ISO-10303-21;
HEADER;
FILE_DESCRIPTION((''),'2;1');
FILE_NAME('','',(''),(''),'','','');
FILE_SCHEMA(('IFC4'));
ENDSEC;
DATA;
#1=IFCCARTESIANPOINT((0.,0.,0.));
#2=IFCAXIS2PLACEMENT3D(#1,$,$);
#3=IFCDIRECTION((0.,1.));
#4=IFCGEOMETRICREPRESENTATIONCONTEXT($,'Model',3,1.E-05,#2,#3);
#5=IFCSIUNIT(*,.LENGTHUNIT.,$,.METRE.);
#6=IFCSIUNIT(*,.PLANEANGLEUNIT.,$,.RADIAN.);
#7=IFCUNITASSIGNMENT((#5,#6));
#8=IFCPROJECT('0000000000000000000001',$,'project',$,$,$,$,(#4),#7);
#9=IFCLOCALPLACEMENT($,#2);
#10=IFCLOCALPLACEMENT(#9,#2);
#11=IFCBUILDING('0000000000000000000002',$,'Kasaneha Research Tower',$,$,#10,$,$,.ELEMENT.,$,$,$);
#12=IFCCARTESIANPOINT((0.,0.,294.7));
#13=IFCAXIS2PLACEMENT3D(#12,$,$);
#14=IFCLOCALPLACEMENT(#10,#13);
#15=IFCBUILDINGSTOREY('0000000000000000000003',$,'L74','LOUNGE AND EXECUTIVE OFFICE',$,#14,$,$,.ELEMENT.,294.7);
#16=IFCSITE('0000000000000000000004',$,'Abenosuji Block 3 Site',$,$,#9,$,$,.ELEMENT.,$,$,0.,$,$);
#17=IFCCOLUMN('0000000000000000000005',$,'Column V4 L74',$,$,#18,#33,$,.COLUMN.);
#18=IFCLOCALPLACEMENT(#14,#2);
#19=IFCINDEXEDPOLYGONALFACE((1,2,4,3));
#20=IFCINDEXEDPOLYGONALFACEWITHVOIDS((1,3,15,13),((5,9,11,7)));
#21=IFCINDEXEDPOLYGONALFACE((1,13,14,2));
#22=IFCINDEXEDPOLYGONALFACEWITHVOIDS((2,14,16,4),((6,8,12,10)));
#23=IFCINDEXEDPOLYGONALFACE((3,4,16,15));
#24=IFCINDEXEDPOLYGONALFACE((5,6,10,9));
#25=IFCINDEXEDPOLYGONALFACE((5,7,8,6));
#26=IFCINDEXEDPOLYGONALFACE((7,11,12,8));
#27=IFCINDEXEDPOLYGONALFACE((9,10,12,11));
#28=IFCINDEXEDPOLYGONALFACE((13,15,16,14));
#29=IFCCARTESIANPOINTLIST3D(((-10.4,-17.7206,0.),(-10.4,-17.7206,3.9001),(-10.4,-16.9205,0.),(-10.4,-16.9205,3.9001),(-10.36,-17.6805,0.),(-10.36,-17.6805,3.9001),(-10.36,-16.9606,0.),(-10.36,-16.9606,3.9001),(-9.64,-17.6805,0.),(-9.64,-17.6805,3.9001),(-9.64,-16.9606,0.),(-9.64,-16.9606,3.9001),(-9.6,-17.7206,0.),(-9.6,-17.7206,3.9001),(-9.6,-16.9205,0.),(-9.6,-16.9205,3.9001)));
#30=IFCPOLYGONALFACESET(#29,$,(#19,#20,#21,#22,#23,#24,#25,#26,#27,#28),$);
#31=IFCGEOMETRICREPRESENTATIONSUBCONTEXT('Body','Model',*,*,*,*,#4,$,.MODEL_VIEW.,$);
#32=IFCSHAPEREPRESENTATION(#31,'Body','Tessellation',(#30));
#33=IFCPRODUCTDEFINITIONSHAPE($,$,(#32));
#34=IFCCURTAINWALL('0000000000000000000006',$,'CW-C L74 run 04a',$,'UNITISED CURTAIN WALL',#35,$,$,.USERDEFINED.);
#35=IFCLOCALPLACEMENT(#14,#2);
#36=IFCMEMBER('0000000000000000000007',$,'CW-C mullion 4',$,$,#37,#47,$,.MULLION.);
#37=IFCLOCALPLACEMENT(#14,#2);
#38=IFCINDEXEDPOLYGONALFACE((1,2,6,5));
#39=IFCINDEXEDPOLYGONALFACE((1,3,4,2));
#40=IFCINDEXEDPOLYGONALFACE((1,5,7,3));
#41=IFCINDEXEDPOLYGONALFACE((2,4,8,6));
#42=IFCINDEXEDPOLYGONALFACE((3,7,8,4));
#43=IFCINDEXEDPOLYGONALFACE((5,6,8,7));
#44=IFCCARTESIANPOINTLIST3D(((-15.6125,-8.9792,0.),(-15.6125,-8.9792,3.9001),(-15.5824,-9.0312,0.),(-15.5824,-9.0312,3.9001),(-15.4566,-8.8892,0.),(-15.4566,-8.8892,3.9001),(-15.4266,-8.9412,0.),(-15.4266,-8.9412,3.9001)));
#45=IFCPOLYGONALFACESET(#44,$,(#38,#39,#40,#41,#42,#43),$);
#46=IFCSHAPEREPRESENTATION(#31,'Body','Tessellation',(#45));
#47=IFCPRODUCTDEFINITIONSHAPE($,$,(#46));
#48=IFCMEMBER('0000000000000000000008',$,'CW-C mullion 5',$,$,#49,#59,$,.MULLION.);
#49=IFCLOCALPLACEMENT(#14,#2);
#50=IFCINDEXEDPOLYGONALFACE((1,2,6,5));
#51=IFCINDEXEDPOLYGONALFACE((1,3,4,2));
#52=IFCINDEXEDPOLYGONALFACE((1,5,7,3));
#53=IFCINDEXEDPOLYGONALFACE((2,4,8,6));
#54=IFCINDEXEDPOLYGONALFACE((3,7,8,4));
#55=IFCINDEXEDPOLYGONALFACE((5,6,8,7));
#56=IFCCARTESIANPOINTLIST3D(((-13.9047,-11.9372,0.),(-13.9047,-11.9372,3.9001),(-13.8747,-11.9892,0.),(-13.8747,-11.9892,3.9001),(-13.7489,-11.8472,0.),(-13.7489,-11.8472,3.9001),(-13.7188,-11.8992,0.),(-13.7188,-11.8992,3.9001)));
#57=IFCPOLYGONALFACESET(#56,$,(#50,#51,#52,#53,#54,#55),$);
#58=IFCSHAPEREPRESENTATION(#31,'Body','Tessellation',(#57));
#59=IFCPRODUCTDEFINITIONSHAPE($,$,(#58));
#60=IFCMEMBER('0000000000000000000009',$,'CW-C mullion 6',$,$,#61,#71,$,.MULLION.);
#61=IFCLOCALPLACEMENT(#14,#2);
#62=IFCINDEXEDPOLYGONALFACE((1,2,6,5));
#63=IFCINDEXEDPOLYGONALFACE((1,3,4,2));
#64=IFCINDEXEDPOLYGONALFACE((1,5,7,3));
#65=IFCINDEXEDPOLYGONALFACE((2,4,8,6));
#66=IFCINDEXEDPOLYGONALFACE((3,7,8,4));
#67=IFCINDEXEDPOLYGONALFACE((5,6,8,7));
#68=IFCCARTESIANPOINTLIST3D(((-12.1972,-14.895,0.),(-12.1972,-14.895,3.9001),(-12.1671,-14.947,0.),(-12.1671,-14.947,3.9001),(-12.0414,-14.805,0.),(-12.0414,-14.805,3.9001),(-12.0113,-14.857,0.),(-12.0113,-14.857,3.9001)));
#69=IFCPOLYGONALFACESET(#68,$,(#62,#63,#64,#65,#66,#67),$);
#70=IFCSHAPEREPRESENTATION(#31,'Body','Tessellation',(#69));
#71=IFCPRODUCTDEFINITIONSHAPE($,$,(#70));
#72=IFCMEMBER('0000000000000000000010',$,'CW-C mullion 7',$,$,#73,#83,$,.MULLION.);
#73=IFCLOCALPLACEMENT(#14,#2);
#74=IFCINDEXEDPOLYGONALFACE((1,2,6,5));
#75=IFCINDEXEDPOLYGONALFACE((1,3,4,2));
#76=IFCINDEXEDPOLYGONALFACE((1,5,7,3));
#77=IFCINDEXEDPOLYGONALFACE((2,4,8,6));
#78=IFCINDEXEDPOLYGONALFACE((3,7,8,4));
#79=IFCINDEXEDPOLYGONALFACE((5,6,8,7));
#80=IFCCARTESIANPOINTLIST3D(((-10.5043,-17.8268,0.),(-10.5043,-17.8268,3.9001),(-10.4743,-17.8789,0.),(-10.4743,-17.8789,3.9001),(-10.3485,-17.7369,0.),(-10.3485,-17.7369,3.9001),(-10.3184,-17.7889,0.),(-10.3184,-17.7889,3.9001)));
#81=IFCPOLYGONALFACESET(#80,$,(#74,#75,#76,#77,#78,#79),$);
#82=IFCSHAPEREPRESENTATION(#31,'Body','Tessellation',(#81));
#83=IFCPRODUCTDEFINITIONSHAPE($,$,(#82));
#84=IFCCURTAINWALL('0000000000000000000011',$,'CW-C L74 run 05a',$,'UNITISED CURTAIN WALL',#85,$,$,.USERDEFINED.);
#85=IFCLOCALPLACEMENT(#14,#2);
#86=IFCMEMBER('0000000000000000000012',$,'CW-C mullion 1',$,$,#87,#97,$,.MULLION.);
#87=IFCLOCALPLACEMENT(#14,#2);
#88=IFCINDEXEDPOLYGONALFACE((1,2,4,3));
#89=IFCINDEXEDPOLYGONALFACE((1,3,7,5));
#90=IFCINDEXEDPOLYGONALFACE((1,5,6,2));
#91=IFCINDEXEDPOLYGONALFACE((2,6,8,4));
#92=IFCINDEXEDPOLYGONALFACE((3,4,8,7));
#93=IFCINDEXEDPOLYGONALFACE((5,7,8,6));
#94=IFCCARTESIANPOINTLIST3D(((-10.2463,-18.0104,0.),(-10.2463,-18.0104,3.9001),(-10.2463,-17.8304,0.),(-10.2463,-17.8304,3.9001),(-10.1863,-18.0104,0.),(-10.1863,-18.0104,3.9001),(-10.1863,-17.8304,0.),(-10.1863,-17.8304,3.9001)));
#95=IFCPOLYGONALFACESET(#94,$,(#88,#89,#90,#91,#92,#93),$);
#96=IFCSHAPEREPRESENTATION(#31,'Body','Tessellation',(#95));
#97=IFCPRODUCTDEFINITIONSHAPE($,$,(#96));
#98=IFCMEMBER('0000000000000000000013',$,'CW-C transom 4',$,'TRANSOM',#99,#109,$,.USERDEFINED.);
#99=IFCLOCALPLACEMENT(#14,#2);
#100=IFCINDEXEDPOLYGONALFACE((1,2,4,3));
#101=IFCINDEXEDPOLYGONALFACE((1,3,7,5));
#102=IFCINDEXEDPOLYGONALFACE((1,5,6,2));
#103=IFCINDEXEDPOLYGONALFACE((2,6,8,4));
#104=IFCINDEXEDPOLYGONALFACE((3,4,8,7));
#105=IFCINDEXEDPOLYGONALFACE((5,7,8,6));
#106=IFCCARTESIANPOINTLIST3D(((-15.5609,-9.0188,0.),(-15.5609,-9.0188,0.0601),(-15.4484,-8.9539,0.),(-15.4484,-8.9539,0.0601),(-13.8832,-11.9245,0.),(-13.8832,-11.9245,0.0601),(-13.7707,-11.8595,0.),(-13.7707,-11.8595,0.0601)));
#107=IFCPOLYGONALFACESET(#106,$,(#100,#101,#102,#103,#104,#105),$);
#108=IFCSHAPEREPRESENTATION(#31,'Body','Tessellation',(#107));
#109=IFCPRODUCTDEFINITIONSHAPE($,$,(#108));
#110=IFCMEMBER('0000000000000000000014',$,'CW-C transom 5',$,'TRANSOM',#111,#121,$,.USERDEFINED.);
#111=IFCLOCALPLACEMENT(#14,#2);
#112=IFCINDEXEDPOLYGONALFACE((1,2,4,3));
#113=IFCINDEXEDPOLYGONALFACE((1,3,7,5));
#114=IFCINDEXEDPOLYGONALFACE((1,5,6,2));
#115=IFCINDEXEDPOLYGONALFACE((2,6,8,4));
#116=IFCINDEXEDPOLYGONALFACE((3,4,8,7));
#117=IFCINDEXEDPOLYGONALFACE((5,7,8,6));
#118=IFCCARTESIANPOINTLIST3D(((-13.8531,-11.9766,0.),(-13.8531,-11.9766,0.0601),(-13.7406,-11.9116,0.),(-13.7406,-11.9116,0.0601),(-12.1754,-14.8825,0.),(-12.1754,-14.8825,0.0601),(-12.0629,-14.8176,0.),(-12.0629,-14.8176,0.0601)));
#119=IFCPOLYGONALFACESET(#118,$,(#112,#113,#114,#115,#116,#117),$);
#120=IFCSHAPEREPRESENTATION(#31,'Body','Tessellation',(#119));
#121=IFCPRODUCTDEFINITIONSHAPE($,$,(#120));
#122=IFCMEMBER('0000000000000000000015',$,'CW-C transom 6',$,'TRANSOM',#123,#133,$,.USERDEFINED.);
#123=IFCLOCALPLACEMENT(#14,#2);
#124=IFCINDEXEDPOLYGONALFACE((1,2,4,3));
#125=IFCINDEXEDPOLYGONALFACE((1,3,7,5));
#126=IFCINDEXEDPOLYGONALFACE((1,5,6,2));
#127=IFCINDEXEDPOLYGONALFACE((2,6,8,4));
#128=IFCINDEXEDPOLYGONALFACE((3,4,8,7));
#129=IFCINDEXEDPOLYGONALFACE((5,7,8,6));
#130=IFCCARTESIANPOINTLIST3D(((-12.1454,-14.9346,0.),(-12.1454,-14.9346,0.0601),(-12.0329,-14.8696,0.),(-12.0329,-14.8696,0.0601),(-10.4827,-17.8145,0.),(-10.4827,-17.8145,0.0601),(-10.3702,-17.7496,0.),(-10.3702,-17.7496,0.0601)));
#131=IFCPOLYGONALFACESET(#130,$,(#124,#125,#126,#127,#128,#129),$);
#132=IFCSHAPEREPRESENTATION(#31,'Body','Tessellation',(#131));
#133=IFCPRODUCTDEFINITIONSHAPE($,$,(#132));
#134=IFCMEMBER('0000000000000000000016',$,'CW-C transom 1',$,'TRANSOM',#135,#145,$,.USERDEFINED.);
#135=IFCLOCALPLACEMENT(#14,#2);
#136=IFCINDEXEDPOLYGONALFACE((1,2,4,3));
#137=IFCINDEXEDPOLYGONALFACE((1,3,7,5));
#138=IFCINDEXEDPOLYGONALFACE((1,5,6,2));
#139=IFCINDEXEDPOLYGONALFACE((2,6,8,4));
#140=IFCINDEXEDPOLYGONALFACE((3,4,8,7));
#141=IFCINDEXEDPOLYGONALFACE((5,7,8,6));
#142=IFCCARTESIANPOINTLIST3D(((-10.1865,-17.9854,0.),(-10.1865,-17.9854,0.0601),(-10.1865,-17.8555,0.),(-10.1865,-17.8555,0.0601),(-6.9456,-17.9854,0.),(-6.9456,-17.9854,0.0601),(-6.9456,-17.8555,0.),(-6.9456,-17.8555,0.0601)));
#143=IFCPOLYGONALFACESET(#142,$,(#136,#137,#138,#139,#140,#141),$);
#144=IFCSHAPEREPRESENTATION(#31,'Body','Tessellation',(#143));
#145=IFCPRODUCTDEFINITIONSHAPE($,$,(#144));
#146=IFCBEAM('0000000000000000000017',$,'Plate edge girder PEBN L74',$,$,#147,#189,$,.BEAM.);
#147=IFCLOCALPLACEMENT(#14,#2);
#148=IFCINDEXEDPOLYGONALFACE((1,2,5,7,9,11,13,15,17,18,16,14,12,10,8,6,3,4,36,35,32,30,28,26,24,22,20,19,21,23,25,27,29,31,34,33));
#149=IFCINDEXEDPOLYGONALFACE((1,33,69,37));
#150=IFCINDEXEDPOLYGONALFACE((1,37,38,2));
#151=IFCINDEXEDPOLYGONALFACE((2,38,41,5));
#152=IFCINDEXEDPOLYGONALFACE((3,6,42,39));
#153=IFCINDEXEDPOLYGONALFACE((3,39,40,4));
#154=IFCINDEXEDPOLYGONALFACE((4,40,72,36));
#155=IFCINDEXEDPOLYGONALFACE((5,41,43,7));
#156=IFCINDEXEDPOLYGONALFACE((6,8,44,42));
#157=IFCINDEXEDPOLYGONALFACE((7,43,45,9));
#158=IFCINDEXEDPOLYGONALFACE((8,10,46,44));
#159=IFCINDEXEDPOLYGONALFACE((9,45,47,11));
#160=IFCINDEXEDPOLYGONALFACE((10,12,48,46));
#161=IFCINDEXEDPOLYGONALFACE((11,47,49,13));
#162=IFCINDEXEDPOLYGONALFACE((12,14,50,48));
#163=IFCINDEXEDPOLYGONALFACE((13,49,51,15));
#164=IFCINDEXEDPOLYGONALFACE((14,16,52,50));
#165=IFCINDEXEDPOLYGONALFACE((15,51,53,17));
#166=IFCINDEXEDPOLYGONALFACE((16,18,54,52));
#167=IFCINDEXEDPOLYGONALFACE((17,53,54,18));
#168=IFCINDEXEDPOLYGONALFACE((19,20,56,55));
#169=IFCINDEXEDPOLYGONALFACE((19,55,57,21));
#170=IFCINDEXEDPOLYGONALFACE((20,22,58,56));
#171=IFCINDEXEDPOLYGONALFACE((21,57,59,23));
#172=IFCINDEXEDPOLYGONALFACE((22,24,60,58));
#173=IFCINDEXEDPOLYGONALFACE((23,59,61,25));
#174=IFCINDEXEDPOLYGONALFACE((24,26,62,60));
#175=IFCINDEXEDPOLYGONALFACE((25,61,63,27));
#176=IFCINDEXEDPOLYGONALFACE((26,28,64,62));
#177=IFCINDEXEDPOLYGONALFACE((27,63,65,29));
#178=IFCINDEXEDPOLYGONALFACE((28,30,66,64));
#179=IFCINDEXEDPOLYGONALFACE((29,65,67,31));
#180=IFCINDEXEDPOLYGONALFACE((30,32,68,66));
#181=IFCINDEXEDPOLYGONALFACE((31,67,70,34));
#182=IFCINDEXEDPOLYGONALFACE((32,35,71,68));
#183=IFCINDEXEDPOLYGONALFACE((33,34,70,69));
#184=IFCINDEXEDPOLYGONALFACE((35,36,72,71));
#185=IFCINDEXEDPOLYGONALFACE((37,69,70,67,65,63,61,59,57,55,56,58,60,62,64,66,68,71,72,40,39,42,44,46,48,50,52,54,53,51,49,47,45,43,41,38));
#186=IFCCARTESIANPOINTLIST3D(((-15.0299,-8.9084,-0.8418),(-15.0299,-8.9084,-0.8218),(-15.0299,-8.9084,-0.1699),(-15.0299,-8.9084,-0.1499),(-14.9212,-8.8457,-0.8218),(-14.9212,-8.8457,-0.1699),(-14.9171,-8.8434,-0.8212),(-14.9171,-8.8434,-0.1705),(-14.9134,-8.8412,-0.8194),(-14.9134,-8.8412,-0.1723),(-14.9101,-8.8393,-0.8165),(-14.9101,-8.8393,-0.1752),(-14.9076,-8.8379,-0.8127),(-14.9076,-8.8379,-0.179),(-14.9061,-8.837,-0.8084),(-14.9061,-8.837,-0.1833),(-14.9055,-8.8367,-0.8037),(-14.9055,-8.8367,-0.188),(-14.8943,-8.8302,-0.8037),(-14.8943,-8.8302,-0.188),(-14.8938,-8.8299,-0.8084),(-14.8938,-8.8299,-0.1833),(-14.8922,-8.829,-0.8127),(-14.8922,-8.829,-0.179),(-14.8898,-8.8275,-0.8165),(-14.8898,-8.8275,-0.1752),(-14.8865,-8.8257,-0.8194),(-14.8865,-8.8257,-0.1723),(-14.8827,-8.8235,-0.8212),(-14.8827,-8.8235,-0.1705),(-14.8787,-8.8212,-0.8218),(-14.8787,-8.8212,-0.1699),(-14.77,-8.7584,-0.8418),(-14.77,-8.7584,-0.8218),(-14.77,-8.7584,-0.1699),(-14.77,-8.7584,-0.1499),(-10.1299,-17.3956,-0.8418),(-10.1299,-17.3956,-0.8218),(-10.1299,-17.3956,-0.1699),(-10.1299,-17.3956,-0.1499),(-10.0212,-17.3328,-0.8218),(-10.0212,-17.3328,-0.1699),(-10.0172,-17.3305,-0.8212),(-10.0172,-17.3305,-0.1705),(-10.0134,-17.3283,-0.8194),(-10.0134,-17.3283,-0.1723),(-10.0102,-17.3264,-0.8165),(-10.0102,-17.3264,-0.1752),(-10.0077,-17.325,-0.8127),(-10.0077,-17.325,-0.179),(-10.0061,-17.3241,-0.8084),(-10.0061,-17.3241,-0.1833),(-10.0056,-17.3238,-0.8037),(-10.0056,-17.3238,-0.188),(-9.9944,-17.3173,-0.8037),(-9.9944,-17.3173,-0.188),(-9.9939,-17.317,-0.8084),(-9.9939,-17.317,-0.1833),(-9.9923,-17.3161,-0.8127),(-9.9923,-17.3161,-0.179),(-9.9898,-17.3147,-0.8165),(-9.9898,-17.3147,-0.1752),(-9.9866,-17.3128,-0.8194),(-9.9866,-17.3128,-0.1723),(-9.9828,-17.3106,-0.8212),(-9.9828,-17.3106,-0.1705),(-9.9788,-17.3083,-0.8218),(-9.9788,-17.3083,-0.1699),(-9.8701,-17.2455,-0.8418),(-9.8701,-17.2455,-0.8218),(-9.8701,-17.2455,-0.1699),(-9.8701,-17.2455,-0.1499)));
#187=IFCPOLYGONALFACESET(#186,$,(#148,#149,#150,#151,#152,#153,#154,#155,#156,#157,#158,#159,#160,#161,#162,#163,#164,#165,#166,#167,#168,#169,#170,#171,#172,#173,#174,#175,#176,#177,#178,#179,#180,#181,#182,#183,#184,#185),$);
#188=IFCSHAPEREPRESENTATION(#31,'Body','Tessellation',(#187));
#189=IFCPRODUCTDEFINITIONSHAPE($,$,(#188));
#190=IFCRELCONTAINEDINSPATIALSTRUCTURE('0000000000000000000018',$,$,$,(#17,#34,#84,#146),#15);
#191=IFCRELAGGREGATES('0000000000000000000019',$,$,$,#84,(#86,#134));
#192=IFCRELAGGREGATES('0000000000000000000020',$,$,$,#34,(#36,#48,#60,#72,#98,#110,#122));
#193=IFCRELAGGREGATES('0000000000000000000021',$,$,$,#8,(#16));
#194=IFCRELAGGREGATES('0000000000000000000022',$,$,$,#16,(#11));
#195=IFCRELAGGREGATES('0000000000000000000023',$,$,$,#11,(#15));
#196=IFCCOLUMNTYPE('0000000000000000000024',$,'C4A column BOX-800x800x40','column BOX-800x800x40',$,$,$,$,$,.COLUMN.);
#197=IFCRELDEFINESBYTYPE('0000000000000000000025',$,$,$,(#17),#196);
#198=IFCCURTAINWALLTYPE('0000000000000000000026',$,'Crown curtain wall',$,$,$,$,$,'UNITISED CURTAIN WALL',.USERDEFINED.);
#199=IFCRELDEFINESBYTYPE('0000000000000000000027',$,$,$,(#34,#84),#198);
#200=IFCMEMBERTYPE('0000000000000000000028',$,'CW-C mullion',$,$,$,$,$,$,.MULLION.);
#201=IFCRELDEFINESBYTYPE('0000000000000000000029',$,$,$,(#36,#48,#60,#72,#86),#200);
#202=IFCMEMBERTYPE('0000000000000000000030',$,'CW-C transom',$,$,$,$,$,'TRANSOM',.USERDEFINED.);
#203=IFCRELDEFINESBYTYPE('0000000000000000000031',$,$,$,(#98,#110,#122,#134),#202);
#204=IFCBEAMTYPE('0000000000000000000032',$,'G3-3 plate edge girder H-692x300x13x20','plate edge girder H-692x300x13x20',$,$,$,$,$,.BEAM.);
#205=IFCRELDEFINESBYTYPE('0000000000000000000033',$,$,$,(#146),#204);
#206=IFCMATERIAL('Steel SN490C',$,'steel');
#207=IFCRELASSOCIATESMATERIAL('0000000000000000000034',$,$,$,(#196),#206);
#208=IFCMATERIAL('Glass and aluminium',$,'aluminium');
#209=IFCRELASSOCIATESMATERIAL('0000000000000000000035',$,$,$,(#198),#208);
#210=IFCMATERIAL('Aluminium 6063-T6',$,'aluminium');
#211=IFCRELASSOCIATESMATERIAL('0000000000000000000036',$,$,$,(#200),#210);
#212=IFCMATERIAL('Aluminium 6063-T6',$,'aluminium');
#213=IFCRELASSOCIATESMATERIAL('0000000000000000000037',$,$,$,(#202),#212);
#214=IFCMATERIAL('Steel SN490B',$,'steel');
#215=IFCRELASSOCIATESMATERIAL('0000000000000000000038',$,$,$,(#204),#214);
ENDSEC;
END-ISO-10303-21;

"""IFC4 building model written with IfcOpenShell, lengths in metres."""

from ifc_helpers import new_model, si_unit, direction, frame, origin, origin_2d, place, context, subcontext, project, spatial, rectangle, hollow_rectangle, i_section, extrude, material, material_profile, profile_set, type_object, element, aggregate, save


model = new_model("IFC4")

# Units and contexts
model_context = context("Model", 3, precision=1e-05, world=origin(), true_north=direction((0.0, 1.0)))
body_context = subcontext(model_context, "Body", "Model", "MODEL_VIEW")
ifc_project = project(units=[si_unit("LENGTHUNIT", "METRE"), si_unit("PLANEANGLEUNIT", "RADIAN")], contexts=[model_context])

# Site, building, storey
site_placement = place(None, origin())
site = spatial("IfcSite", under=ifc_project, at=site_placement, Name="Abenosuji Block 3 Site", CompositionType="ELEMENT", RefElevation=0.0)
building_placement = place(site_placement, origin())
building = spatial("IfcBuilding", under=site, at=building_placement, Name="Kasaneha Research Tower", CompositionType="ELEMENT")
storey_placement = place(building_placement, frame((0.0, 0.0, 294.7)))
storey = spatial("IfcBuildingStorey", under=building, at=storey_placement, Name="L74", Description="LOUNGE AND EXECUTIVE OFFICE", CompositionType="ELEMENT", Elevation=294.7)

# Column
ifc_material_1 = material(Name="Steel SN490C", Category="steel")
ifc_material_profile_1 = material_profile(ifc_material_1, hollow_rectangle(XDim=0.8, YDim=0.8, WallThickness=0.04, at=origin_2d()), Name="BOX-800x800x40")
ifc_profile_set_1 = profile_set([ifc_material_profile_1], Name="Steel SN490C")
column_type = type_object("IfcColumnType", Name="C4A column BOX-800x800x40", Description="column BOX-800x800x40", PredefinedType="COLUMN", material=ifc_profile_set_1)
column_placement = place(storey_placement, frame((-10.0, -17.3206, 0.0), z_axis=(0.0, 0.0, 1.0), x_axis=(1.0, 0.0, 0.0)))
element("IfcColumn", 1, at=column_placement, inside=storey, type_object=column_type, Name="Column V4 L74", PredefinedType="COLUMN", context=body_context, shape_type="SweptSolid", body=[
    extrude(hollow_rectangle(XDim=0.8, YDim=0.8, WallThickness=0.04, at=origin_2d()), origin(), (0.0, 0.0, 1.0), 3.9001),
])

# Curtain wall, members
ifc_material_2 = material(Name="Glass and aluminium", Category="aluminium")
curtain_wall_type = type_object("IfcCurtainWallType", Name="Crown curtain wall", ElementType="UNITISED CURTAIN WALL", PredefinedType="USERDEFINED", material=ifc_material_2)
curtain_wall_1_placement = place(storey_placement, origin())
curtain_wall_1 = element("IfcCurtainWall", 2, at=curtain_wall_1_placement, inside=storey, type_object=curtain_wall_type, Name="CW-C L74 run 04a", ObjectType="UNITISED CURTAIN WALL", PredefinedType="USERDEFINED")
ifc_material_3 = material(Name="Aluminium 6063-T6", Category="aluminium")
ifc_material_profile_2 = material_profile(ifc_material_3, rectangle(XDim=0.0601, YDim=0.1799, at=origin_2d()), Name="CW-C mullion 60x180")
ifc_profile_set_2 = profile_set([ifc_material_profile_2], Name="Aluminium 6063-T6")
member_type_1 = type_object("IfcMemberType", Name="CW-C mullion", PredefinedType="MULLION", material=ifc_profile_set_2)
member_1_placement = place(storey_placement, frame((-15.5195, -8.9602, 0.0), z_axis=(0.0, 0.0, 1.0), x_axis=(0.5, -0.866025, 0.0)))
member_1 = element("IfcMember", 3, at=member_1_placement, type_object=member_type_1, Name="CW-C mullion 4", PredefinedType="MULLION", context=body_context, shape_type="SweptSolid", body=[
    extrude(rectangle(XDim=0.0601, YDim=0.1799, at=origin_2d()), origin(), (0.0, 0.0, 1.0), 3.9001),
])
member_2_placement = place(storey_placement, frame((-13.8118, -11.9182, 0.0), z_axis=(0.0, 0.0, 1.0), x_axis=(0.5, -0.866025, 0.0)))
member_2 = element("IfcMember", 4, at=member_2_placement, type_object=member_type_1, Name="CW-C mullion 5", PredefinedType="MULLION", context=body_context, shape_type="SweptSolid", body=[
    extrude(rectangle(XDim=0.0601, YDim=0.1799, at=origin_2d()), origin(), (0.0, 0.0, 1.0), 3.9001),
])
member_3_placement = place(storey_placement, frame((-12.1042, -14.876, 0.0), z_axis=(0.0, 0.0, 1.0), x_axis=(0.5, -0.866025, 0.0)))
member_3 = element("IfcMember", 5, at=member_3_placement, type_object=member_type_1, Name="CW-C mullion 6", PredefinedType="MULLION", context=body_context, shape_type="SweptSolid", body=[
    extrude(rectangle(XDim=0.0601, YDim=0.1799, at=origin_2d()), origin(), (0.0, 0.0, 1.0), 3.9001),
])
member_4_placement = place(storey_placement, frame((-10.4114, -17.8079, 0.0), z_axis=(0.0, 0.0, 1.0), x_axis=(0.5, -0.866025, 0.0)))
member_4 = element("IfcMember", 6, at=member_4_placement, type_object=member_type_1, Name="CW-C mullion 7", PredefinedType="MULLION", context=body_context, shape_type="SweptSolid", body=[
    extrude(rectangle(XDim=0.0601, YDim=0.1799, at=origin_2d()), origin(), (0.0, 0.0, 1.0), 3.9001),
])

# Curtain wall, member
curtain_wall_2_placement = place(storey_placement, origin())
curtain_wall_2 = element("IfcCurtainWall", 7, at=curtain_wall_2_placement, inside=storey, type_object=curtain_wall_type, Name="CW-C L74 run 05a", ObjectType="UNITISED CURTAIN WALL", PredefinedType="USERDEFINED")
member_5_placement = place(storey_placement, frame((-10.2163, -17.9204, 0.0), z_axis=(0.0, 0.0, 1.0), x_axis=(1.0, 0.0, 0.0)))
member_5 = element("IfcMember", 8, at=member_5_placement, type_object=member_type_1, Name="CW-C mullion 1", PredefinedType="MULLION", context=body_context, shape_type="SweptSolid", body=[
    extrude(rectangle(XDim=0.0601, YDim=0.1799, at=origin_2d()), origin(), (0.0, 0.0, 1.0), 3.9001),
])

# Members
ifc_material_4 = material(Name="Aluminium 6063-T6", Category="aluminium")
ifc_material_profile_3 = material_profile(ifc_material_4, rectangle(XDim=0.1299, YDim=0.0601, at=origin_2d()), Name="CW-C transom 130x60")
ifc_profile_set_3 = profile_set([ifc_material_profile_3], Name="Aluminium 6063-T6")
member_type_2 = type_object("IfcMemberType", Name="CW-C transom", ElementType="TRANSOM", PredefinedType="USERDEFINED", material=ifc_profile_set_3)
member_6_placement = place(storey_placement, frame((-15.5046, -8.9863, 0.03), z_axis=(0.500021, -0.866014, 0.0), x_axis=(0.866014, 0.500021, 0.0)))
member_6 = element("IfcMember", 9, at=member_6_placement, type_object=member_type_2, Name="CW-C transom 4", ObjectType="TRANSOM", PredefinedType="USERDEFINED", context=body_context, shape_type="SweptSolid", body=[
    extrude(rectangle(XDim=0.1299, YDim=0.0601, at=origin_2d()), origin(), (0.0, 0.0, 1.0), 3.3552),
])
member_7_placement = place(storey_placement, frame((-13.7969, -11.9441, 0.03), z_axis=(0.499989, -0.866032, 0.0), x_axis=(0.866032, 0.499989, 0.0)))
member_7 = element("IfcMember", 10, at=member_7_placement, type_object=member_type_2, Name="CW-C transom 5", ObjectType="TRANSOM", PredefinedType="USERDEFINED", context=body_context, shape_type="SweptSolid", body=[
    extrude(rectangle(XDim=0.1299, YDim=0.0601, at=origin_2d()), origin(), (0.0, 0.0, 1.0), 3.3555),
])
member_8_placement = place(storey_placement, frame((-12.0891, -14.9021, 0.03), z_axis=(0.499977, -0.866039, 0.0), x_axis=(0.866039, 0.499977, 0.0)))
member_8 = element("IfcMember", 11, at=member_8_placement, type_object=member_type_2, Name="CW-C transom 6", ObjectType="TRANSOM", PredefinedType="USERDEFINED", context=body_context, shape_type="SweptSolid", body=[
    extrude(rectangle(XDim=0.1299, YDim=0.0601, at=origin_2d()), origin(), (0.0, 0.0, 1.0), 3.3254),
])
member_9_placement = place(storey_placement, frame((-10.1865, -17.9204, 0.03), z_axis=(1.0, 0.0, 0.0), x_axis=(0.0, 1.0, 0.0)))
member_9 = element("IfcMember", 12, at=member_9_placement, type_object=member_type_2, Name="CW-C transom 1", ObjectType="TRANSOM", PredefinedType="USERDEFINED", context=body_context, shape_type="SweptSolid", body=[
    extrude(rectangle(XDim=0.1299, YDim=0.0601, at=origin_2d()), origin(), (0.0, 0.0, 1.0), 3.241),
])
aggregate(curtain_wall_2, [member_5, member_9])

# Beam
ifc_material_5 = material(Name="Steel SN490B", Category="steel")
ifc_material_profile_4 = material_profile(ifc_material_5, i_section(OverallWidth=0.3, OverallDepth=0.6919, WebThickness=0.0129, FlangeThickness=0.02, FilletRadius=0.0181, at=origin_2d()), Name="H-692x300x13x20")
ifc_profile_set_4 = profile_set([ifc_material_profile_4], Name="Steel SN490B")
beam_type_1 = type_object("IfcBeamType", Name="G3-3 plate edge girder H-692x300x13x20", Description="plate edge girder H-692x300x13x20", PredefinedType="BEAM", material=ifc_profile_set_4)
beam_1_placement = place(storey_placement, frame((-10.0, -17.3206, -0.4958), z_axis=(-0.499992, 0.86603, 0.0), x_axis=(-0.86603, -0.499992, 0.0)))
element("IfcBeam", 13, at=beam_1_placement, inside=storey, type_object=beam_type_1, Name="Plate edge girder PEBN L74", PredefinedType="BEAM", context=body_context, shape_type="SweptSolid", body=[
    extrude(i_section(OverallWidth=0.3, OverallDepth=0.6919, WebThickness=0.0129, FlangeThickness=0.02, FilletRadius=0.0181, at=origin_2d()), origin(), (0.0, 0.0, 1.0), 9.8),
])

aggregate(curtain_wall_1, [member_1, member_2, member_3, member_4, member_6, member_7, member_8])

save(model, "model.ifc")
